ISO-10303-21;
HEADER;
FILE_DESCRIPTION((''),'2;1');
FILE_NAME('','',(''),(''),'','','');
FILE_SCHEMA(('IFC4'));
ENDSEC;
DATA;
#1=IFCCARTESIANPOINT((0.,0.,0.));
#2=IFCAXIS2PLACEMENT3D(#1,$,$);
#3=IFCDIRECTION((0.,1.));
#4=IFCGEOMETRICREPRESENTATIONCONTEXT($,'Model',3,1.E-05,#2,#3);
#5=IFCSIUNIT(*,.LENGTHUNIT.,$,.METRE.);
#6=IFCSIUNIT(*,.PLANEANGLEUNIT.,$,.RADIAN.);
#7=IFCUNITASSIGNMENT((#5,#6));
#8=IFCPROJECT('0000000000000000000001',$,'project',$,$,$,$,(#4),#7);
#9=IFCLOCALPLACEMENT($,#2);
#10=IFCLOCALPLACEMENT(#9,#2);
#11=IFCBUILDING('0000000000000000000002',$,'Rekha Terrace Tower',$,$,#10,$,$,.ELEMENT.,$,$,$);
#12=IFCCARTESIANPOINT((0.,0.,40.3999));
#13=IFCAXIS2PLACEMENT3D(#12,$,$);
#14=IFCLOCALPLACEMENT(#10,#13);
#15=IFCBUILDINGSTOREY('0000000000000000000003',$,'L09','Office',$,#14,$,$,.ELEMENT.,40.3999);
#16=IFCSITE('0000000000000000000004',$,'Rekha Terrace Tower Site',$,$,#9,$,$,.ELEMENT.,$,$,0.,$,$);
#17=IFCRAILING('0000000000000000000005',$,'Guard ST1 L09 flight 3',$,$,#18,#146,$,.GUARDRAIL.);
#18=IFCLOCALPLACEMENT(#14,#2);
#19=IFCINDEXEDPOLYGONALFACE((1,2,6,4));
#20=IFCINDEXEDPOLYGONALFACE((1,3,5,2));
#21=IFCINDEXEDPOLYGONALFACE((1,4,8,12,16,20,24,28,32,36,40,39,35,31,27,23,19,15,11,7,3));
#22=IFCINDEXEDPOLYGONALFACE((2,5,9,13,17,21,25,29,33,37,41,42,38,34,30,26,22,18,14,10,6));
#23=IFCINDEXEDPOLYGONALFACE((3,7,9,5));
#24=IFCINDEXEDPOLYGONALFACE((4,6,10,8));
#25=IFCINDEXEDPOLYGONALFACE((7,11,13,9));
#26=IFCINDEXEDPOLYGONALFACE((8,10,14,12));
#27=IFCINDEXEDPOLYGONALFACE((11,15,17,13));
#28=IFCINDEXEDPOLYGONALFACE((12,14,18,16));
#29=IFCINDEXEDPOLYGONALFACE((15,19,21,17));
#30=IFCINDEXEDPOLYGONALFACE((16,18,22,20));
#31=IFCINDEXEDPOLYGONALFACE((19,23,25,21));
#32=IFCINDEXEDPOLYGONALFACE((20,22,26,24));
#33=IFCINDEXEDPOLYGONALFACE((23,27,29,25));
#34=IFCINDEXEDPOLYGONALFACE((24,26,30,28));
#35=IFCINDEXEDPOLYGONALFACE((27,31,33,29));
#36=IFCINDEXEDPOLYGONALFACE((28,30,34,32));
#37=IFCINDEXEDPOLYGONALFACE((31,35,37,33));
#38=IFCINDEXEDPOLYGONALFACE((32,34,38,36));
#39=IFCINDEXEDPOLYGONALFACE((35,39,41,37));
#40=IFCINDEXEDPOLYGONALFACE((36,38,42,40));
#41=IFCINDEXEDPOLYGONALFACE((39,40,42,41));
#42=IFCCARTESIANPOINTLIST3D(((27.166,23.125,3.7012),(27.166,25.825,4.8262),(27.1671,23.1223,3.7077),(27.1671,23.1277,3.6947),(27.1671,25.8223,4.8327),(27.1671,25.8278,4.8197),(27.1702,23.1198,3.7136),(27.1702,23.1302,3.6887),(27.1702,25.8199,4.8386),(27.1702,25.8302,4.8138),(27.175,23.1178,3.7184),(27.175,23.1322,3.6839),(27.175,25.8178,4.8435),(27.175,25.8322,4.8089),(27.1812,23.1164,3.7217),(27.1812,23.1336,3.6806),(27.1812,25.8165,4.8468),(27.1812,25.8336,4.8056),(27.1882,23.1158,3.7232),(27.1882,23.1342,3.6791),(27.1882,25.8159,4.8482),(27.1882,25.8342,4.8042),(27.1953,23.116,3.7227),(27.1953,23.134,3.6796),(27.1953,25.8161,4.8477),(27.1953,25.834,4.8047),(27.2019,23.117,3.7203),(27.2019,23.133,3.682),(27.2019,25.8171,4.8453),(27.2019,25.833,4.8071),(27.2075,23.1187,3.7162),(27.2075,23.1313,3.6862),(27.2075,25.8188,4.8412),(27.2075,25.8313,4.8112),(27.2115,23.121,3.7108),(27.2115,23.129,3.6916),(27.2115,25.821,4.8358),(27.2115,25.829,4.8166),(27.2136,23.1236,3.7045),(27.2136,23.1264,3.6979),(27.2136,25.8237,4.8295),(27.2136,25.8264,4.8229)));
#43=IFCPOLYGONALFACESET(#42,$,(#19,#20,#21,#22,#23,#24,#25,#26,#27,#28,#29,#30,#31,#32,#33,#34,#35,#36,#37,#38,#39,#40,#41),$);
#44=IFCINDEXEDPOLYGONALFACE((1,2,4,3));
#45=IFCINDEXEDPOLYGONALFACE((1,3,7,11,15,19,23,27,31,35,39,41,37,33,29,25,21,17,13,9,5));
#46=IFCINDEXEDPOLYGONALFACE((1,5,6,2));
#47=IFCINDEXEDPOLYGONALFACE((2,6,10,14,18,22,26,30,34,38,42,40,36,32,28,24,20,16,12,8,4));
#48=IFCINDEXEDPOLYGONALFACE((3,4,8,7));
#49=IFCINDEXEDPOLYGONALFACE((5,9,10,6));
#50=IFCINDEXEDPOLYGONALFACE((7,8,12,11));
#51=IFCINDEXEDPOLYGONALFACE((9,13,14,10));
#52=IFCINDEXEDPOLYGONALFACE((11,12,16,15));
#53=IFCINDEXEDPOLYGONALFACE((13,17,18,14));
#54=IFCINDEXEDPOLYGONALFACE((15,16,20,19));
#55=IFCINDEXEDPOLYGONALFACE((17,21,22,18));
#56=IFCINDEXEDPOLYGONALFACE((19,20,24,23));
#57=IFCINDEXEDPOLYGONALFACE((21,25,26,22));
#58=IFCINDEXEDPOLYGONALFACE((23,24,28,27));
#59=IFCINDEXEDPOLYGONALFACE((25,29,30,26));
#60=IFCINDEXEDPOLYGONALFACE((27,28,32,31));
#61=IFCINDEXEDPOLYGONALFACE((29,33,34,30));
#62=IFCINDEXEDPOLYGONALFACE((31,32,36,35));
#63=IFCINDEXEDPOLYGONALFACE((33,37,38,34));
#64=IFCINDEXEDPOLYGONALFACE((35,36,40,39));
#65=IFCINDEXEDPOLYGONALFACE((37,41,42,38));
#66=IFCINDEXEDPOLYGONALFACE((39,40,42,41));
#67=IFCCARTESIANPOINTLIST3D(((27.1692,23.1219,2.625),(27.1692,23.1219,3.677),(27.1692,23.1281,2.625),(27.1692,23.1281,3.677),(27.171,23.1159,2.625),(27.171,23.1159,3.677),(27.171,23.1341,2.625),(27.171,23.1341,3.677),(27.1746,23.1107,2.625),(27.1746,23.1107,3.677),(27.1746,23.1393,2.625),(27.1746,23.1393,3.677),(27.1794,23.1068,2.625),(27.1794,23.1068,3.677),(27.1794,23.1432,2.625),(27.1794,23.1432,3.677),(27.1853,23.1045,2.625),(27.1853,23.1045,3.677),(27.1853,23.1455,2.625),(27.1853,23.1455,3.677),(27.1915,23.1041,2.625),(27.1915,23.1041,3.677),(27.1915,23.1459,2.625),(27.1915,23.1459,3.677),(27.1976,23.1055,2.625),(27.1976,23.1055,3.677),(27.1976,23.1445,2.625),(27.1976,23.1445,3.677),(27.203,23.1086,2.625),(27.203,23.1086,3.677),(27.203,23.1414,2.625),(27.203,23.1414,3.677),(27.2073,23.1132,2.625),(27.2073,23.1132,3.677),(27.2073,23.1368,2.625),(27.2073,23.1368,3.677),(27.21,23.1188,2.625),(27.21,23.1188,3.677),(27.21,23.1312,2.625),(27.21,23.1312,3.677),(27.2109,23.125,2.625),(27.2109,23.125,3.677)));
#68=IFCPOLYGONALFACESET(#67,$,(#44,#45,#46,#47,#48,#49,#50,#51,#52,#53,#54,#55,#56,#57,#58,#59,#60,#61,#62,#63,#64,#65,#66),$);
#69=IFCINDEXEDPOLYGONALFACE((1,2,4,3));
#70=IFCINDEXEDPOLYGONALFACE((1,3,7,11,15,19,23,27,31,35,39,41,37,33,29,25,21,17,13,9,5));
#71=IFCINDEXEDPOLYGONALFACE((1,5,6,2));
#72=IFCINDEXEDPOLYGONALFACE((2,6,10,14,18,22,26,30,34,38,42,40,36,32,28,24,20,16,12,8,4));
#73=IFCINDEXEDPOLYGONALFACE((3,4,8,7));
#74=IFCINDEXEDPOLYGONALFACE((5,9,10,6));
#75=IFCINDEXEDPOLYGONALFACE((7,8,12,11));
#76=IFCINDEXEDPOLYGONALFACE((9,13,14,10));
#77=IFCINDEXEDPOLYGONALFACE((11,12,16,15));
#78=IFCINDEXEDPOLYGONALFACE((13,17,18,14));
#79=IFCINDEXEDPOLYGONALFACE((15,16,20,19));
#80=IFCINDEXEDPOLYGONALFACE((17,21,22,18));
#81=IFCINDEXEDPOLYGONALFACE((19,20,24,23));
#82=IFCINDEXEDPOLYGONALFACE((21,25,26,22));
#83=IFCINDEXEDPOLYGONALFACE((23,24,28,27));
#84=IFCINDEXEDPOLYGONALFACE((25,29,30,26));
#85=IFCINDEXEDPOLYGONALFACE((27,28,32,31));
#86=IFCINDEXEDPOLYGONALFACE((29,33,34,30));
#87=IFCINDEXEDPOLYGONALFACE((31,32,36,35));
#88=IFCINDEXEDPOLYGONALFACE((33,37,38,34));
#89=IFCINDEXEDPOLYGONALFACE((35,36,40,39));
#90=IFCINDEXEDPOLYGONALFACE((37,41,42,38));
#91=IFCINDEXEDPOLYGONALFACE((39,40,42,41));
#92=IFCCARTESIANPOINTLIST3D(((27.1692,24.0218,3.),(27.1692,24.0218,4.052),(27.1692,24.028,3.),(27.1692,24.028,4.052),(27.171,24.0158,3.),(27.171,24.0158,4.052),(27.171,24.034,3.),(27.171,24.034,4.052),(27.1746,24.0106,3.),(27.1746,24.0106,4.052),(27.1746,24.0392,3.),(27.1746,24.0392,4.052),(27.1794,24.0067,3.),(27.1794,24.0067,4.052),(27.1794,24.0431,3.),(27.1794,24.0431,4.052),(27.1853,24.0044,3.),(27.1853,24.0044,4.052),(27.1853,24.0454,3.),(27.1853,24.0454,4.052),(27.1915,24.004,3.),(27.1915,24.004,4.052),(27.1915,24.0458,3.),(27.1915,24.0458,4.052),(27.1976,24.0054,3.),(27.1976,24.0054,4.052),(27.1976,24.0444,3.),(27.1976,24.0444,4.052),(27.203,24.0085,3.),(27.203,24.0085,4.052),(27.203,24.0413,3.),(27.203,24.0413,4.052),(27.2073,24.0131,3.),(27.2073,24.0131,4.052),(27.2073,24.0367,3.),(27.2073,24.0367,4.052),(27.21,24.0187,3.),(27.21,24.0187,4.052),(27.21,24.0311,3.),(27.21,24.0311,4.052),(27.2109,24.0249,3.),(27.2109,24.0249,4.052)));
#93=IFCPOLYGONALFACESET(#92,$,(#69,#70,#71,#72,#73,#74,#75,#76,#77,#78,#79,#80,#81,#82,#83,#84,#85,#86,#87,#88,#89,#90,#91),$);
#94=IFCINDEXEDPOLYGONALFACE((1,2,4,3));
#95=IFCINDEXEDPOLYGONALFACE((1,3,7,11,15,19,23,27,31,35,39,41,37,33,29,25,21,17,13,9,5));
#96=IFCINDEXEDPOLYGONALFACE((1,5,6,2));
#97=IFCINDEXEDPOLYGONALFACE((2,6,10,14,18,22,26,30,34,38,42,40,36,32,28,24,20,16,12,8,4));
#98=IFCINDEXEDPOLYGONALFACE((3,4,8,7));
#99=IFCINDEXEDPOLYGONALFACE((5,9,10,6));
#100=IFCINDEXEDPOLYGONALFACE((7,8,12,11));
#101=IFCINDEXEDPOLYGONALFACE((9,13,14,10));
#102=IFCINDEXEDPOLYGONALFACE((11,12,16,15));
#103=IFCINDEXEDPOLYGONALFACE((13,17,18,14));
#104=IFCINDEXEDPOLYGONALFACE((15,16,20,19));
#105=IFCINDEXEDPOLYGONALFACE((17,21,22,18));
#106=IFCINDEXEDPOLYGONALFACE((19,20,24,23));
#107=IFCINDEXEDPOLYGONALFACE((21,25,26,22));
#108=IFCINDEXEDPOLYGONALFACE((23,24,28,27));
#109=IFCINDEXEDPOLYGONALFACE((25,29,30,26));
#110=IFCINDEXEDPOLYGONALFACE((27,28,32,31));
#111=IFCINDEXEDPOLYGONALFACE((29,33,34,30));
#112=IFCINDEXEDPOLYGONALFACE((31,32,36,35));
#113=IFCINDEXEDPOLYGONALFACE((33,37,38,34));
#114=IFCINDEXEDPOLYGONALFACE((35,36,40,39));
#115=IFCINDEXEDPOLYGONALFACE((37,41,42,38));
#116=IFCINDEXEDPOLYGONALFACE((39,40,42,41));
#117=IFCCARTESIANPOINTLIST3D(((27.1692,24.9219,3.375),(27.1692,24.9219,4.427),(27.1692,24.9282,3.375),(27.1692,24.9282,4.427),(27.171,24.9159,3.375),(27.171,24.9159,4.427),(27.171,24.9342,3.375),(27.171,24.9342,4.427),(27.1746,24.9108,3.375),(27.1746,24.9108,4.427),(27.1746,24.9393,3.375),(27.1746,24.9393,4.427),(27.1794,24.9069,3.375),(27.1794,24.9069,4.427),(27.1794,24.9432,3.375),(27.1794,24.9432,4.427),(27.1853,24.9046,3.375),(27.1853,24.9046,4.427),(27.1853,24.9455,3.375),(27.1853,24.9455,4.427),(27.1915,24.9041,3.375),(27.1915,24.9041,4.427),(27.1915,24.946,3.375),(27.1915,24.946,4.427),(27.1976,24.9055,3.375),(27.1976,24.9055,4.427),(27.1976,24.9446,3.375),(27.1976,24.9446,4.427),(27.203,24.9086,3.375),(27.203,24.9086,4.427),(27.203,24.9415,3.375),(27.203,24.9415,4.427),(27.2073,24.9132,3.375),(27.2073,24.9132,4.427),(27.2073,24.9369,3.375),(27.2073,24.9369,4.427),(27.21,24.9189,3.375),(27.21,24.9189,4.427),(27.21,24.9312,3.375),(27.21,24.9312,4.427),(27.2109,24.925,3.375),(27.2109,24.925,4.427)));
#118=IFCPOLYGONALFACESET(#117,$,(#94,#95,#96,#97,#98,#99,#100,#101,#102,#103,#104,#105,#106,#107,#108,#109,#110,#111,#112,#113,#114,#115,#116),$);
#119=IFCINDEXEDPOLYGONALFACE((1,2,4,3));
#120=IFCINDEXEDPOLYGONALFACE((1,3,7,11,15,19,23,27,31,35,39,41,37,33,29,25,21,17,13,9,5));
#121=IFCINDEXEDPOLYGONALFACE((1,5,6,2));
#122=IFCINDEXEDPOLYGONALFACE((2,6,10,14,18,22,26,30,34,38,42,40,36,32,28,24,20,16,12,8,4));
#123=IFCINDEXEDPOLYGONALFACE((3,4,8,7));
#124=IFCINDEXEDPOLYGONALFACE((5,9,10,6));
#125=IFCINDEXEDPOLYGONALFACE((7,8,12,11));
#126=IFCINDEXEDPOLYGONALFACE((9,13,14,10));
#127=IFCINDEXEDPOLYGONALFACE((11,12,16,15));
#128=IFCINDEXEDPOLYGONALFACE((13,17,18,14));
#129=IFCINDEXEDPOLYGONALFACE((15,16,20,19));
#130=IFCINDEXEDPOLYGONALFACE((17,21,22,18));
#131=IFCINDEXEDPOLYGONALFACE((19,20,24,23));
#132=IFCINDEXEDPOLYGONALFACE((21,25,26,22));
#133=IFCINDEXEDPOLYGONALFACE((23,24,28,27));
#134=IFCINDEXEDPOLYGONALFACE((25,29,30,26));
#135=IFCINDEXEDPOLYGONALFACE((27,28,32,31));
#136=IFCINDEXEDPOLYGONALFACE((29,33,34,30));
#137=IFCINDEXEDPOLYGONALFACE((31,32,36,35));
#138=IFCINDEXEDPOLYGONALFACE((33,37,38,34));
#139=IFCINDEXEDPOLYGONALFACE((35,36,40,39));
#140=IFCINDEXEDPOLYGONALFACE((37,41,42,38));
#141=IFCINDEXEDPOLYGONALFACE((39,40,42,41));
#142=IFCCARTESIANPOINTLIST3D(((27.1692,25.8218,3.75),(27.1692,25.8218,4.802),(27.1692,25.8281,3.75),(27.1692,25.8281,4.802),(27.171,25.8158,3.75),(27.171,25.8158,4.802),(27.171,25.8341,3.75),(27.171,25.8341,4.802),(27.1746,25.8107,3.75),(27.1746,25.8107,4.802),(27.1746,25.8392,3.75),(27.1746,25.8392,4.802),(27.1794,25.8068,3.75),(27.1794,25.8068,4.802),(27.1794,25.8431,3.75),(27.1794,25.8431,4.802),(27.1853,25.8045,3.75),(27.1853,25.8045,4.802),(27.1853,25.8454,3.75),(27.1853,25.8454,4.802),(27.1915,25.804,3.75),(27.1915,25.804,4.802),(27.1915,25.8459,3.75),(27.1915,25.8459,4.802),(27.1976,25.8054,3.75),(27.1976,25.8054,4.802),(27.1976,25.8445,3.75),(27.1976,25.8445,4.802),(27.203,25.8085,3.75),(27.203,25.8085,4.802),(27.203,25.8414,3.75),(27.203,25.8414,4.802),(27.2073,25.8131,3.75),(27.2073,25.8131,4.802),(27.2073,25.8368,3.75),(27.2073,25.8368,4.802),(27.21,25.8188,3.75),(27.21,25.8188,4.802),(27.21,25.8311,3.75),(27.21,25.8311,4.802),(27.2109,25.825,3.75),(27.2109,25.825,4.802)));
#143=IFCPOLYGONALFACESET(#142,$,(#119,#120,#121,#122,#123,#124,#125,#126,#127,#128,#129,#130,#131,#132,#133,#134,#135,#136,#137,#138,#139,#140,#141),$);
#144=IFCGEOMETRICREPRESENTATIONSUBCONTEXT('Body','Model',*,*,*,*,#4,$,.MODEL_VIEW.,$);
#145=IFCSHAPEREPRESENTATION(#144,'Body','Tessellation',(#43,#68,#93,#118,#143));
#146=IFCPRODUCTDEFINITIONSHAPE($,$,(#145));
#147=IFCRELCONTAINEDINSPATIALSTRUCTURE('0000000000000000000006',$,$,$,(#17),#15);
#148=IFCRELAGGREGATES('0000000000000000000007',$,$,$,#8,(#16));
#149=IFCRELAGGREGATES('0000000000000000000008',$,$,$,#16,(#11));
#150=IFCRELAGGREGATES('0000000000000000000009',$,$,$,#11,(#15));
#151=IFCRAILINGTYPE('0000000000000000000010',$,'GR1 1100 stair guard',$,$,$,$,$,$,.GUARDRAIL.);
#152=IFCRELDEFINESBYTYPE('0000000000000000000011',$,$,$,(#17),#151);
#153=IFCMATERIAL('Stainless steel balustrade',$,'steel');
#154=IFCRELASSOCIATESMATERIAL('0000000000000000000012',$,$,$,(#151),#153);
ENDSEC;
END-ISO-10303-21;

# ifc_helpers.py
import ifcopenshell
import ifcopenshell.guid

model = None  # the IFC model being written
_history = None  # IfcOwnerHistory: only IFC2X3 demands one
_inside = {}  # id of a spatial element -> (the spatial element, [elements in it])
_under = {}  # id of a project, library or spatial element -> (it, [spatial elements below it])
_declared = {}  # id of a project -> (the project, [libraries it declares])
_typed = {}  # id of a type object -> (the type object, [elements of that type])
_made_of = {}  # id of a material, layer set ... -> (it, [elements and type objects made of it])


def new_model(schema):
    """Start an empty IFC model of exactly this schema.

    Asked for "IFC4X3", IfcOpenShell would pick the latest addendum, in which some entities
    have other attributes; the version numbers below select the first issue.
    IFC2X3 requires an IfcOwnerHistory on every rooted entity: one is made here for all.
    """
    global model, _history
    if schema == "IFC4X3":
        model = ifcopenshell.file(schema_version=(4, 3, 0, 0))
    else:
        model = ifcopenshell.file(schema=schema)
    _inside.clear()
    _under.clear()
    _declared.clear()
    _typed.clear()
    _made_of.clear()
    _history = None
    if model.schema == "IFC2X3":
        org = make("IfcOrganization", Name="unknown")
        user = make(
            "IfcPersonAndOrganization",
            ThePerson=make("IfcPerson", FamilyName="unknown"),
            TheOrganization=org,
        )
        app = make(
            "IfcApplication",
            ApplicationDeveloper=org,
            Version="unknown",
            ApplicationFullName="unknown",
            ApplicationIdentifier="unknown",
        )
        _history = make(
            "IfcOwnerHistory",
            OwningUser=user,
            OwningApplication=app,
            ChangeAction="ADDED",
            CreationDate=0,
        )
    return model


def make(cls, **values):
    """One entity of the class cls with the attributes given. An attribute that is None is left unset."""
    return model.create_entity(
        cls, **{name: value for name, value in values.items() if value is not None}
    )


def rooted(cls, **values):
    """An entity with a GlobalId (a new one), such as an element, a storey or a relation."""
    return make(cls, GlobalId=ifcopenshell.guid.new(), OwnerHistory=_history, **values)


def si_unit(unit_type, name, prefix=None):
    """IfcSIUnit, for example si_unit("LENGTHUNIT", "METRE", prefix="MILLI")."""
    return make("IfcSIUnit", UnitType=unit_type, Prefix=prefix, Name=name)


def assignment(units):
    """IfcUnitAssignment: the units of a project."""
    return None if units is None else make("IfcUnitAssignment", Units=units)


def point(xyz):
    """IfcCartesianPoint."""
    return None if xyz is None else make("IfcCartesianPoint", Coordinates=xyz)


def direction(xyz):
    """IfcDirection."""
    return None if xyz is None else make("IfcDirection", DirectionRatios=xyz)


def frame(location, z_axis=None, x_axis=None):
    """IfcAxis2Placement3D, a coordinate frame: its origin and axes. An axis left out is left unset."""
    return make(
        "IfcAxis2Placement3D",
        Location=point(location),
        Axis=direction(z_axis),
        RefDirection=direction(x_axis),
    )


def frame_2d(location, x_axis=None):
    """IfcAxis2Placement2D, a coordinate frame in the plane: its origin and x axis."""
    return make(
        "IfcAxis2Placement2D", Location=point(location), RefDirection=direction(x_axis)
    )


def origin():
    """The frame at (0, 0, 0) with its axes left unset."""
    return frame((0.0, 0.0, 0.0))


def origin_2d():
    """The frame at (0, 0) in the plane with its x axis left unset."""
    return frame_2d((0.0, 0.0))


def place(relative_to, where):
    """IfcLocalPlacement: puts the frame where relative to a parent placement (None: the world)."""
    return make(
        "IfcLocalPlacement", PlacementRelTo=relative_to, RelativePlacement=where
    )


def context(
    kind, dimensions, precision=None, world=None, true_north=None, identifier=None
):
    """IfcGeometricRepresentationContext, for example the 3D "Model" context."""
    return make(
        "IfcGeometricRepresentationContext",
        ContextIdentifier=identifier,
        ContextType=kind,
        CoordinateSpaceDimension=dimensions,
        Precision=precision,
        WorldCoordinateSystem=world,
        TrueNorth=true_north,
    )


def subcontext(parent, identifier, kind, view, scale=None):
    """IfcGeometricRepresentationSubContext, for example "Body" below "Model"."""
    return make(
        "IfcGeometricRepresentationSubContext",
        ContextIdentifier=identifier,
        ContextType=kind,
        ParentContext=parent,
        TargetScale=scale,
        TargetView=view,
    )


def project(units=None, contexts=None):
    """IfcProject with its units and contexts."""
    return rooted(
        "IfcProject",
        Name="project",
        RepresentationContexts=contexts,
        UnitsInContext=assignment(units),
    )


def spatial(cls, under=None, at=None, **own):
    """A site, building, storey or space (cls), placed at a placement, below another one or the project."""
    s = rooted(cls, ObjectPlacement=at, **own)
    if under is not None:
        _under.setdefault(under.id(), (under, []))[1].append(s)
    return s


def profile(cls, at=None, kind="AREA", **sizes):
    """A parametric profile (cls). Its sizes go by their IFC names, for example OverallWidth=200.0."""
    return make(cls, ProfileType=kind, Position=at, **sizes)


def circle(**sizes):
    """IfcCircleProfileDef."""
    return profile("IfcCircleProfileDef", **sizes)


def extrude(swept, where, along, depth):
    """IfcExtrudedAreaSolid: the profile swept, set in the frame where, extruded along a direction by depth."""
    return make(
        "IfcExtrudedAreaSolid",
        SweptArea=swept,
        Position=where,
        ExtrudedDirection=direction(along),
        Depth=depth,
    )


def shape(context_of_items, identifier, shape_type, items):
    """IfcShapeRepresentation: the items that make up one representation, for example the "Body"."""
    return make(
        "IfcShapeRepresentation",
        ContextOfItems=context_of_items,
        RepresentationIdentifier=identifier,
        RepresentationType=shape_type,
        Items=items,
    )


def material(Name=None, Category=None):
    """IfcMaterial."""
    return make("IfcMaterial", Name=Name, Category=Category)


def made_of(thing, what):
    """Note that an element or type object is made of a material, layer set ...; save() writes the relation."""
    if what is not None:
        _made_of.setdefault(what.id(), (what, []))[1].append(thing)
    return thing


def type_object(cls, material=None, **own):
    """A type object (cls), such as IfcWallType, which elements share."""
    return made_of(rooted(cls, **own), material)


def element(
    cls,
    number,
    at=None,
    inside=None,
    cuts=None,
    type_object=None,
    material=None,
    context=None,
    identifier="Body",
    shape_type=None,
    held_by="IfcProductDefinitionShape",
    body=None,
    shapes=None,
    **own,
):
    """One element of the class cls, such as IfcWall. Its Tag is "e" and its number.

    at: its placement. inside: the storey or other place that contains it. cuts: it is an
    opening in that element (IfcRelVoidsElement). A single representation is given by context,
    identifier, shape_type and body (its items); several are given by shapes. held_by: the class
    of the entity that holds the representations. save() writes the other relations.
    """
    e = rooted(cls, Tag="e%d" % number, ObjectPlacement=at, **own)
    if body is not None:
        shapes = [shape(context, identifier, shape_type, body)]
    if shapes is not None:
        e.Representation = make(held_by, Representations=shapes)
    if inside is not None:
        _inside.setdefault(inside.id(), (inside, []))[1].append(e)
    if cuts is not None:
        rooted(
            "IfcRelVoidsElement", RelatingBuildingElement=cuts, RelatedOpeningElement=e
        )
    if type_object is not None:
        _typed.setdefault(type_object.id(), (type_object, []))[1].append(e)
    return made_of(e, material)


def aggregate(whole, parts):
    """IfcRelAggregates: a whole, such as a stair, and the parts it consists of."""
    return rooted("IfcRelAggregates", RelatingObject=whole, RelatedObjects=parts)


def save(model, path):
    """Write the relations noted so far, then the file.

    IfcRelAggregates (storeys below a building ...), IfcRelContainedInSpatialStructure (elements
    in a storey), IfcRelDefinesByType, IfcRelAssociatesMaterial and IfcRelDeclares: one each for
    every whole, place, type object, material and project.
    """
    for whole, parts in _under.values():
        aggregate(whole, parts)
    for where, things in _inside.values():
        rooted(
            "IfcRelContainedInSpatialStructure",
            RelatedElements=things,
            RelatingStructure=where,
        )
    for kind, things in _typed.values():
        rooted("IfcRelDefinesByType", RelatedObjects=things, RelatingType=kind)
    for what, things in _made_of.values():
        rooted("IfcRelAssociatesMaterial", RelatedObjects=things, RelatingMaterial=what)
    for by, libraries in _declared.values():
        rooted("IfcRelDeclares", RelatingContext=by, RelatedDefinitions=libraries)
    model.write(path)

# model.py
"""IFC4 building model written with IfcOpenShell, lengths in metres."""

from ifc_helpers import new_model, si_unit, direction, frame, origin, origin_2d, place, context, subcontext, project, spatial, circle, extrude, material, type_object, element, save


model = new_model("IFC4")

# Units and contexts
model_context = context("Model", 3, precision=1e-05, world=origin(), true_north=direction((0.0, 1.0)))
body_context = subcontext(model_context, "Body", "Model", "MODEL_VIEW")
ifc_project = project(units=[si_unit("LENGTHUNIT", "METRE"), si_unit("PLANEANGLEUNIT", "RADIAN")], contexts=[model_context])

# Site, building, storey
site_placement = place(None, origin())
site = spatial("IfcSite", under=ifc_project, at=site_placement, Name="Rekha Terrace Tower Site", CompositionType="ELEMENT", RefElevation=0.0)
building_placement = place(site_placement, origin())
building = spatial("IfcBuilding", under=site, at=building_placement, Name="Rekha Terrace Tower", CompositionType="ELEMENT")
storey_placement = place(building_placement, frame((0.0, 0.0, 40.3999)))
storey = spatial("IfcBuildingStorey", under=building, at=storey_placement, Name="L09", Description="Office", CompositionType="ELEMENT", Elevation=40.3999)

# Railing
ifc_material_1 = material(Name="Stainless steel balustrade", Category="steel")
railing_type_1 = type_object("IfcRailingType", Name="GR1 1100 stair guard", PredefinedType="GUARDRAIL", material=ifc_material_1)
railing_1_placement = place(storey_placement, frame((27.1899, 23.125, 2.625)))
element("IfcRailing", 1, at=railing_1_placement, inside=storey, type_object=railing_type_1, Name="Guard ST1 L09 flight 3", PredefinedType="GUARDRAIL", context=body_context, shape_type="SweptSolid", body=[
    extrude(circle(Radius=0.0239, at=origin_2d()), frame((0.0, 0.0, 1.0762), z_axis=(0.0, 0.923074, 0.384621), x_axis=(-1.0, 0.0, 0.0)), (0.0, 0.0, 1.0), 2.925),
    extrude(circle(Radius=0.021, at=origin_2d()), origin(), (0.0, 0.0, 1.0), 1.052),
    extrude(circle(Radius=0.021, at=origin_2d()), frame((0.0, 0.8999, 0.375)), (0.0, 0.0, 1.0), 1.052),
    extrude(circle(Radius=0.021, at=origin_2d()), frame((0.0, 1.8, 0.75)), (0.0, 0.0, 1.0), 1.052),
    extrude(circle(Radius=0.021, at=origin_2d()), frame((0.0, 2.7, 1.125)), (0.0, 0.0, 1.0), 1.052),
])

save(model, "model.ifc")
